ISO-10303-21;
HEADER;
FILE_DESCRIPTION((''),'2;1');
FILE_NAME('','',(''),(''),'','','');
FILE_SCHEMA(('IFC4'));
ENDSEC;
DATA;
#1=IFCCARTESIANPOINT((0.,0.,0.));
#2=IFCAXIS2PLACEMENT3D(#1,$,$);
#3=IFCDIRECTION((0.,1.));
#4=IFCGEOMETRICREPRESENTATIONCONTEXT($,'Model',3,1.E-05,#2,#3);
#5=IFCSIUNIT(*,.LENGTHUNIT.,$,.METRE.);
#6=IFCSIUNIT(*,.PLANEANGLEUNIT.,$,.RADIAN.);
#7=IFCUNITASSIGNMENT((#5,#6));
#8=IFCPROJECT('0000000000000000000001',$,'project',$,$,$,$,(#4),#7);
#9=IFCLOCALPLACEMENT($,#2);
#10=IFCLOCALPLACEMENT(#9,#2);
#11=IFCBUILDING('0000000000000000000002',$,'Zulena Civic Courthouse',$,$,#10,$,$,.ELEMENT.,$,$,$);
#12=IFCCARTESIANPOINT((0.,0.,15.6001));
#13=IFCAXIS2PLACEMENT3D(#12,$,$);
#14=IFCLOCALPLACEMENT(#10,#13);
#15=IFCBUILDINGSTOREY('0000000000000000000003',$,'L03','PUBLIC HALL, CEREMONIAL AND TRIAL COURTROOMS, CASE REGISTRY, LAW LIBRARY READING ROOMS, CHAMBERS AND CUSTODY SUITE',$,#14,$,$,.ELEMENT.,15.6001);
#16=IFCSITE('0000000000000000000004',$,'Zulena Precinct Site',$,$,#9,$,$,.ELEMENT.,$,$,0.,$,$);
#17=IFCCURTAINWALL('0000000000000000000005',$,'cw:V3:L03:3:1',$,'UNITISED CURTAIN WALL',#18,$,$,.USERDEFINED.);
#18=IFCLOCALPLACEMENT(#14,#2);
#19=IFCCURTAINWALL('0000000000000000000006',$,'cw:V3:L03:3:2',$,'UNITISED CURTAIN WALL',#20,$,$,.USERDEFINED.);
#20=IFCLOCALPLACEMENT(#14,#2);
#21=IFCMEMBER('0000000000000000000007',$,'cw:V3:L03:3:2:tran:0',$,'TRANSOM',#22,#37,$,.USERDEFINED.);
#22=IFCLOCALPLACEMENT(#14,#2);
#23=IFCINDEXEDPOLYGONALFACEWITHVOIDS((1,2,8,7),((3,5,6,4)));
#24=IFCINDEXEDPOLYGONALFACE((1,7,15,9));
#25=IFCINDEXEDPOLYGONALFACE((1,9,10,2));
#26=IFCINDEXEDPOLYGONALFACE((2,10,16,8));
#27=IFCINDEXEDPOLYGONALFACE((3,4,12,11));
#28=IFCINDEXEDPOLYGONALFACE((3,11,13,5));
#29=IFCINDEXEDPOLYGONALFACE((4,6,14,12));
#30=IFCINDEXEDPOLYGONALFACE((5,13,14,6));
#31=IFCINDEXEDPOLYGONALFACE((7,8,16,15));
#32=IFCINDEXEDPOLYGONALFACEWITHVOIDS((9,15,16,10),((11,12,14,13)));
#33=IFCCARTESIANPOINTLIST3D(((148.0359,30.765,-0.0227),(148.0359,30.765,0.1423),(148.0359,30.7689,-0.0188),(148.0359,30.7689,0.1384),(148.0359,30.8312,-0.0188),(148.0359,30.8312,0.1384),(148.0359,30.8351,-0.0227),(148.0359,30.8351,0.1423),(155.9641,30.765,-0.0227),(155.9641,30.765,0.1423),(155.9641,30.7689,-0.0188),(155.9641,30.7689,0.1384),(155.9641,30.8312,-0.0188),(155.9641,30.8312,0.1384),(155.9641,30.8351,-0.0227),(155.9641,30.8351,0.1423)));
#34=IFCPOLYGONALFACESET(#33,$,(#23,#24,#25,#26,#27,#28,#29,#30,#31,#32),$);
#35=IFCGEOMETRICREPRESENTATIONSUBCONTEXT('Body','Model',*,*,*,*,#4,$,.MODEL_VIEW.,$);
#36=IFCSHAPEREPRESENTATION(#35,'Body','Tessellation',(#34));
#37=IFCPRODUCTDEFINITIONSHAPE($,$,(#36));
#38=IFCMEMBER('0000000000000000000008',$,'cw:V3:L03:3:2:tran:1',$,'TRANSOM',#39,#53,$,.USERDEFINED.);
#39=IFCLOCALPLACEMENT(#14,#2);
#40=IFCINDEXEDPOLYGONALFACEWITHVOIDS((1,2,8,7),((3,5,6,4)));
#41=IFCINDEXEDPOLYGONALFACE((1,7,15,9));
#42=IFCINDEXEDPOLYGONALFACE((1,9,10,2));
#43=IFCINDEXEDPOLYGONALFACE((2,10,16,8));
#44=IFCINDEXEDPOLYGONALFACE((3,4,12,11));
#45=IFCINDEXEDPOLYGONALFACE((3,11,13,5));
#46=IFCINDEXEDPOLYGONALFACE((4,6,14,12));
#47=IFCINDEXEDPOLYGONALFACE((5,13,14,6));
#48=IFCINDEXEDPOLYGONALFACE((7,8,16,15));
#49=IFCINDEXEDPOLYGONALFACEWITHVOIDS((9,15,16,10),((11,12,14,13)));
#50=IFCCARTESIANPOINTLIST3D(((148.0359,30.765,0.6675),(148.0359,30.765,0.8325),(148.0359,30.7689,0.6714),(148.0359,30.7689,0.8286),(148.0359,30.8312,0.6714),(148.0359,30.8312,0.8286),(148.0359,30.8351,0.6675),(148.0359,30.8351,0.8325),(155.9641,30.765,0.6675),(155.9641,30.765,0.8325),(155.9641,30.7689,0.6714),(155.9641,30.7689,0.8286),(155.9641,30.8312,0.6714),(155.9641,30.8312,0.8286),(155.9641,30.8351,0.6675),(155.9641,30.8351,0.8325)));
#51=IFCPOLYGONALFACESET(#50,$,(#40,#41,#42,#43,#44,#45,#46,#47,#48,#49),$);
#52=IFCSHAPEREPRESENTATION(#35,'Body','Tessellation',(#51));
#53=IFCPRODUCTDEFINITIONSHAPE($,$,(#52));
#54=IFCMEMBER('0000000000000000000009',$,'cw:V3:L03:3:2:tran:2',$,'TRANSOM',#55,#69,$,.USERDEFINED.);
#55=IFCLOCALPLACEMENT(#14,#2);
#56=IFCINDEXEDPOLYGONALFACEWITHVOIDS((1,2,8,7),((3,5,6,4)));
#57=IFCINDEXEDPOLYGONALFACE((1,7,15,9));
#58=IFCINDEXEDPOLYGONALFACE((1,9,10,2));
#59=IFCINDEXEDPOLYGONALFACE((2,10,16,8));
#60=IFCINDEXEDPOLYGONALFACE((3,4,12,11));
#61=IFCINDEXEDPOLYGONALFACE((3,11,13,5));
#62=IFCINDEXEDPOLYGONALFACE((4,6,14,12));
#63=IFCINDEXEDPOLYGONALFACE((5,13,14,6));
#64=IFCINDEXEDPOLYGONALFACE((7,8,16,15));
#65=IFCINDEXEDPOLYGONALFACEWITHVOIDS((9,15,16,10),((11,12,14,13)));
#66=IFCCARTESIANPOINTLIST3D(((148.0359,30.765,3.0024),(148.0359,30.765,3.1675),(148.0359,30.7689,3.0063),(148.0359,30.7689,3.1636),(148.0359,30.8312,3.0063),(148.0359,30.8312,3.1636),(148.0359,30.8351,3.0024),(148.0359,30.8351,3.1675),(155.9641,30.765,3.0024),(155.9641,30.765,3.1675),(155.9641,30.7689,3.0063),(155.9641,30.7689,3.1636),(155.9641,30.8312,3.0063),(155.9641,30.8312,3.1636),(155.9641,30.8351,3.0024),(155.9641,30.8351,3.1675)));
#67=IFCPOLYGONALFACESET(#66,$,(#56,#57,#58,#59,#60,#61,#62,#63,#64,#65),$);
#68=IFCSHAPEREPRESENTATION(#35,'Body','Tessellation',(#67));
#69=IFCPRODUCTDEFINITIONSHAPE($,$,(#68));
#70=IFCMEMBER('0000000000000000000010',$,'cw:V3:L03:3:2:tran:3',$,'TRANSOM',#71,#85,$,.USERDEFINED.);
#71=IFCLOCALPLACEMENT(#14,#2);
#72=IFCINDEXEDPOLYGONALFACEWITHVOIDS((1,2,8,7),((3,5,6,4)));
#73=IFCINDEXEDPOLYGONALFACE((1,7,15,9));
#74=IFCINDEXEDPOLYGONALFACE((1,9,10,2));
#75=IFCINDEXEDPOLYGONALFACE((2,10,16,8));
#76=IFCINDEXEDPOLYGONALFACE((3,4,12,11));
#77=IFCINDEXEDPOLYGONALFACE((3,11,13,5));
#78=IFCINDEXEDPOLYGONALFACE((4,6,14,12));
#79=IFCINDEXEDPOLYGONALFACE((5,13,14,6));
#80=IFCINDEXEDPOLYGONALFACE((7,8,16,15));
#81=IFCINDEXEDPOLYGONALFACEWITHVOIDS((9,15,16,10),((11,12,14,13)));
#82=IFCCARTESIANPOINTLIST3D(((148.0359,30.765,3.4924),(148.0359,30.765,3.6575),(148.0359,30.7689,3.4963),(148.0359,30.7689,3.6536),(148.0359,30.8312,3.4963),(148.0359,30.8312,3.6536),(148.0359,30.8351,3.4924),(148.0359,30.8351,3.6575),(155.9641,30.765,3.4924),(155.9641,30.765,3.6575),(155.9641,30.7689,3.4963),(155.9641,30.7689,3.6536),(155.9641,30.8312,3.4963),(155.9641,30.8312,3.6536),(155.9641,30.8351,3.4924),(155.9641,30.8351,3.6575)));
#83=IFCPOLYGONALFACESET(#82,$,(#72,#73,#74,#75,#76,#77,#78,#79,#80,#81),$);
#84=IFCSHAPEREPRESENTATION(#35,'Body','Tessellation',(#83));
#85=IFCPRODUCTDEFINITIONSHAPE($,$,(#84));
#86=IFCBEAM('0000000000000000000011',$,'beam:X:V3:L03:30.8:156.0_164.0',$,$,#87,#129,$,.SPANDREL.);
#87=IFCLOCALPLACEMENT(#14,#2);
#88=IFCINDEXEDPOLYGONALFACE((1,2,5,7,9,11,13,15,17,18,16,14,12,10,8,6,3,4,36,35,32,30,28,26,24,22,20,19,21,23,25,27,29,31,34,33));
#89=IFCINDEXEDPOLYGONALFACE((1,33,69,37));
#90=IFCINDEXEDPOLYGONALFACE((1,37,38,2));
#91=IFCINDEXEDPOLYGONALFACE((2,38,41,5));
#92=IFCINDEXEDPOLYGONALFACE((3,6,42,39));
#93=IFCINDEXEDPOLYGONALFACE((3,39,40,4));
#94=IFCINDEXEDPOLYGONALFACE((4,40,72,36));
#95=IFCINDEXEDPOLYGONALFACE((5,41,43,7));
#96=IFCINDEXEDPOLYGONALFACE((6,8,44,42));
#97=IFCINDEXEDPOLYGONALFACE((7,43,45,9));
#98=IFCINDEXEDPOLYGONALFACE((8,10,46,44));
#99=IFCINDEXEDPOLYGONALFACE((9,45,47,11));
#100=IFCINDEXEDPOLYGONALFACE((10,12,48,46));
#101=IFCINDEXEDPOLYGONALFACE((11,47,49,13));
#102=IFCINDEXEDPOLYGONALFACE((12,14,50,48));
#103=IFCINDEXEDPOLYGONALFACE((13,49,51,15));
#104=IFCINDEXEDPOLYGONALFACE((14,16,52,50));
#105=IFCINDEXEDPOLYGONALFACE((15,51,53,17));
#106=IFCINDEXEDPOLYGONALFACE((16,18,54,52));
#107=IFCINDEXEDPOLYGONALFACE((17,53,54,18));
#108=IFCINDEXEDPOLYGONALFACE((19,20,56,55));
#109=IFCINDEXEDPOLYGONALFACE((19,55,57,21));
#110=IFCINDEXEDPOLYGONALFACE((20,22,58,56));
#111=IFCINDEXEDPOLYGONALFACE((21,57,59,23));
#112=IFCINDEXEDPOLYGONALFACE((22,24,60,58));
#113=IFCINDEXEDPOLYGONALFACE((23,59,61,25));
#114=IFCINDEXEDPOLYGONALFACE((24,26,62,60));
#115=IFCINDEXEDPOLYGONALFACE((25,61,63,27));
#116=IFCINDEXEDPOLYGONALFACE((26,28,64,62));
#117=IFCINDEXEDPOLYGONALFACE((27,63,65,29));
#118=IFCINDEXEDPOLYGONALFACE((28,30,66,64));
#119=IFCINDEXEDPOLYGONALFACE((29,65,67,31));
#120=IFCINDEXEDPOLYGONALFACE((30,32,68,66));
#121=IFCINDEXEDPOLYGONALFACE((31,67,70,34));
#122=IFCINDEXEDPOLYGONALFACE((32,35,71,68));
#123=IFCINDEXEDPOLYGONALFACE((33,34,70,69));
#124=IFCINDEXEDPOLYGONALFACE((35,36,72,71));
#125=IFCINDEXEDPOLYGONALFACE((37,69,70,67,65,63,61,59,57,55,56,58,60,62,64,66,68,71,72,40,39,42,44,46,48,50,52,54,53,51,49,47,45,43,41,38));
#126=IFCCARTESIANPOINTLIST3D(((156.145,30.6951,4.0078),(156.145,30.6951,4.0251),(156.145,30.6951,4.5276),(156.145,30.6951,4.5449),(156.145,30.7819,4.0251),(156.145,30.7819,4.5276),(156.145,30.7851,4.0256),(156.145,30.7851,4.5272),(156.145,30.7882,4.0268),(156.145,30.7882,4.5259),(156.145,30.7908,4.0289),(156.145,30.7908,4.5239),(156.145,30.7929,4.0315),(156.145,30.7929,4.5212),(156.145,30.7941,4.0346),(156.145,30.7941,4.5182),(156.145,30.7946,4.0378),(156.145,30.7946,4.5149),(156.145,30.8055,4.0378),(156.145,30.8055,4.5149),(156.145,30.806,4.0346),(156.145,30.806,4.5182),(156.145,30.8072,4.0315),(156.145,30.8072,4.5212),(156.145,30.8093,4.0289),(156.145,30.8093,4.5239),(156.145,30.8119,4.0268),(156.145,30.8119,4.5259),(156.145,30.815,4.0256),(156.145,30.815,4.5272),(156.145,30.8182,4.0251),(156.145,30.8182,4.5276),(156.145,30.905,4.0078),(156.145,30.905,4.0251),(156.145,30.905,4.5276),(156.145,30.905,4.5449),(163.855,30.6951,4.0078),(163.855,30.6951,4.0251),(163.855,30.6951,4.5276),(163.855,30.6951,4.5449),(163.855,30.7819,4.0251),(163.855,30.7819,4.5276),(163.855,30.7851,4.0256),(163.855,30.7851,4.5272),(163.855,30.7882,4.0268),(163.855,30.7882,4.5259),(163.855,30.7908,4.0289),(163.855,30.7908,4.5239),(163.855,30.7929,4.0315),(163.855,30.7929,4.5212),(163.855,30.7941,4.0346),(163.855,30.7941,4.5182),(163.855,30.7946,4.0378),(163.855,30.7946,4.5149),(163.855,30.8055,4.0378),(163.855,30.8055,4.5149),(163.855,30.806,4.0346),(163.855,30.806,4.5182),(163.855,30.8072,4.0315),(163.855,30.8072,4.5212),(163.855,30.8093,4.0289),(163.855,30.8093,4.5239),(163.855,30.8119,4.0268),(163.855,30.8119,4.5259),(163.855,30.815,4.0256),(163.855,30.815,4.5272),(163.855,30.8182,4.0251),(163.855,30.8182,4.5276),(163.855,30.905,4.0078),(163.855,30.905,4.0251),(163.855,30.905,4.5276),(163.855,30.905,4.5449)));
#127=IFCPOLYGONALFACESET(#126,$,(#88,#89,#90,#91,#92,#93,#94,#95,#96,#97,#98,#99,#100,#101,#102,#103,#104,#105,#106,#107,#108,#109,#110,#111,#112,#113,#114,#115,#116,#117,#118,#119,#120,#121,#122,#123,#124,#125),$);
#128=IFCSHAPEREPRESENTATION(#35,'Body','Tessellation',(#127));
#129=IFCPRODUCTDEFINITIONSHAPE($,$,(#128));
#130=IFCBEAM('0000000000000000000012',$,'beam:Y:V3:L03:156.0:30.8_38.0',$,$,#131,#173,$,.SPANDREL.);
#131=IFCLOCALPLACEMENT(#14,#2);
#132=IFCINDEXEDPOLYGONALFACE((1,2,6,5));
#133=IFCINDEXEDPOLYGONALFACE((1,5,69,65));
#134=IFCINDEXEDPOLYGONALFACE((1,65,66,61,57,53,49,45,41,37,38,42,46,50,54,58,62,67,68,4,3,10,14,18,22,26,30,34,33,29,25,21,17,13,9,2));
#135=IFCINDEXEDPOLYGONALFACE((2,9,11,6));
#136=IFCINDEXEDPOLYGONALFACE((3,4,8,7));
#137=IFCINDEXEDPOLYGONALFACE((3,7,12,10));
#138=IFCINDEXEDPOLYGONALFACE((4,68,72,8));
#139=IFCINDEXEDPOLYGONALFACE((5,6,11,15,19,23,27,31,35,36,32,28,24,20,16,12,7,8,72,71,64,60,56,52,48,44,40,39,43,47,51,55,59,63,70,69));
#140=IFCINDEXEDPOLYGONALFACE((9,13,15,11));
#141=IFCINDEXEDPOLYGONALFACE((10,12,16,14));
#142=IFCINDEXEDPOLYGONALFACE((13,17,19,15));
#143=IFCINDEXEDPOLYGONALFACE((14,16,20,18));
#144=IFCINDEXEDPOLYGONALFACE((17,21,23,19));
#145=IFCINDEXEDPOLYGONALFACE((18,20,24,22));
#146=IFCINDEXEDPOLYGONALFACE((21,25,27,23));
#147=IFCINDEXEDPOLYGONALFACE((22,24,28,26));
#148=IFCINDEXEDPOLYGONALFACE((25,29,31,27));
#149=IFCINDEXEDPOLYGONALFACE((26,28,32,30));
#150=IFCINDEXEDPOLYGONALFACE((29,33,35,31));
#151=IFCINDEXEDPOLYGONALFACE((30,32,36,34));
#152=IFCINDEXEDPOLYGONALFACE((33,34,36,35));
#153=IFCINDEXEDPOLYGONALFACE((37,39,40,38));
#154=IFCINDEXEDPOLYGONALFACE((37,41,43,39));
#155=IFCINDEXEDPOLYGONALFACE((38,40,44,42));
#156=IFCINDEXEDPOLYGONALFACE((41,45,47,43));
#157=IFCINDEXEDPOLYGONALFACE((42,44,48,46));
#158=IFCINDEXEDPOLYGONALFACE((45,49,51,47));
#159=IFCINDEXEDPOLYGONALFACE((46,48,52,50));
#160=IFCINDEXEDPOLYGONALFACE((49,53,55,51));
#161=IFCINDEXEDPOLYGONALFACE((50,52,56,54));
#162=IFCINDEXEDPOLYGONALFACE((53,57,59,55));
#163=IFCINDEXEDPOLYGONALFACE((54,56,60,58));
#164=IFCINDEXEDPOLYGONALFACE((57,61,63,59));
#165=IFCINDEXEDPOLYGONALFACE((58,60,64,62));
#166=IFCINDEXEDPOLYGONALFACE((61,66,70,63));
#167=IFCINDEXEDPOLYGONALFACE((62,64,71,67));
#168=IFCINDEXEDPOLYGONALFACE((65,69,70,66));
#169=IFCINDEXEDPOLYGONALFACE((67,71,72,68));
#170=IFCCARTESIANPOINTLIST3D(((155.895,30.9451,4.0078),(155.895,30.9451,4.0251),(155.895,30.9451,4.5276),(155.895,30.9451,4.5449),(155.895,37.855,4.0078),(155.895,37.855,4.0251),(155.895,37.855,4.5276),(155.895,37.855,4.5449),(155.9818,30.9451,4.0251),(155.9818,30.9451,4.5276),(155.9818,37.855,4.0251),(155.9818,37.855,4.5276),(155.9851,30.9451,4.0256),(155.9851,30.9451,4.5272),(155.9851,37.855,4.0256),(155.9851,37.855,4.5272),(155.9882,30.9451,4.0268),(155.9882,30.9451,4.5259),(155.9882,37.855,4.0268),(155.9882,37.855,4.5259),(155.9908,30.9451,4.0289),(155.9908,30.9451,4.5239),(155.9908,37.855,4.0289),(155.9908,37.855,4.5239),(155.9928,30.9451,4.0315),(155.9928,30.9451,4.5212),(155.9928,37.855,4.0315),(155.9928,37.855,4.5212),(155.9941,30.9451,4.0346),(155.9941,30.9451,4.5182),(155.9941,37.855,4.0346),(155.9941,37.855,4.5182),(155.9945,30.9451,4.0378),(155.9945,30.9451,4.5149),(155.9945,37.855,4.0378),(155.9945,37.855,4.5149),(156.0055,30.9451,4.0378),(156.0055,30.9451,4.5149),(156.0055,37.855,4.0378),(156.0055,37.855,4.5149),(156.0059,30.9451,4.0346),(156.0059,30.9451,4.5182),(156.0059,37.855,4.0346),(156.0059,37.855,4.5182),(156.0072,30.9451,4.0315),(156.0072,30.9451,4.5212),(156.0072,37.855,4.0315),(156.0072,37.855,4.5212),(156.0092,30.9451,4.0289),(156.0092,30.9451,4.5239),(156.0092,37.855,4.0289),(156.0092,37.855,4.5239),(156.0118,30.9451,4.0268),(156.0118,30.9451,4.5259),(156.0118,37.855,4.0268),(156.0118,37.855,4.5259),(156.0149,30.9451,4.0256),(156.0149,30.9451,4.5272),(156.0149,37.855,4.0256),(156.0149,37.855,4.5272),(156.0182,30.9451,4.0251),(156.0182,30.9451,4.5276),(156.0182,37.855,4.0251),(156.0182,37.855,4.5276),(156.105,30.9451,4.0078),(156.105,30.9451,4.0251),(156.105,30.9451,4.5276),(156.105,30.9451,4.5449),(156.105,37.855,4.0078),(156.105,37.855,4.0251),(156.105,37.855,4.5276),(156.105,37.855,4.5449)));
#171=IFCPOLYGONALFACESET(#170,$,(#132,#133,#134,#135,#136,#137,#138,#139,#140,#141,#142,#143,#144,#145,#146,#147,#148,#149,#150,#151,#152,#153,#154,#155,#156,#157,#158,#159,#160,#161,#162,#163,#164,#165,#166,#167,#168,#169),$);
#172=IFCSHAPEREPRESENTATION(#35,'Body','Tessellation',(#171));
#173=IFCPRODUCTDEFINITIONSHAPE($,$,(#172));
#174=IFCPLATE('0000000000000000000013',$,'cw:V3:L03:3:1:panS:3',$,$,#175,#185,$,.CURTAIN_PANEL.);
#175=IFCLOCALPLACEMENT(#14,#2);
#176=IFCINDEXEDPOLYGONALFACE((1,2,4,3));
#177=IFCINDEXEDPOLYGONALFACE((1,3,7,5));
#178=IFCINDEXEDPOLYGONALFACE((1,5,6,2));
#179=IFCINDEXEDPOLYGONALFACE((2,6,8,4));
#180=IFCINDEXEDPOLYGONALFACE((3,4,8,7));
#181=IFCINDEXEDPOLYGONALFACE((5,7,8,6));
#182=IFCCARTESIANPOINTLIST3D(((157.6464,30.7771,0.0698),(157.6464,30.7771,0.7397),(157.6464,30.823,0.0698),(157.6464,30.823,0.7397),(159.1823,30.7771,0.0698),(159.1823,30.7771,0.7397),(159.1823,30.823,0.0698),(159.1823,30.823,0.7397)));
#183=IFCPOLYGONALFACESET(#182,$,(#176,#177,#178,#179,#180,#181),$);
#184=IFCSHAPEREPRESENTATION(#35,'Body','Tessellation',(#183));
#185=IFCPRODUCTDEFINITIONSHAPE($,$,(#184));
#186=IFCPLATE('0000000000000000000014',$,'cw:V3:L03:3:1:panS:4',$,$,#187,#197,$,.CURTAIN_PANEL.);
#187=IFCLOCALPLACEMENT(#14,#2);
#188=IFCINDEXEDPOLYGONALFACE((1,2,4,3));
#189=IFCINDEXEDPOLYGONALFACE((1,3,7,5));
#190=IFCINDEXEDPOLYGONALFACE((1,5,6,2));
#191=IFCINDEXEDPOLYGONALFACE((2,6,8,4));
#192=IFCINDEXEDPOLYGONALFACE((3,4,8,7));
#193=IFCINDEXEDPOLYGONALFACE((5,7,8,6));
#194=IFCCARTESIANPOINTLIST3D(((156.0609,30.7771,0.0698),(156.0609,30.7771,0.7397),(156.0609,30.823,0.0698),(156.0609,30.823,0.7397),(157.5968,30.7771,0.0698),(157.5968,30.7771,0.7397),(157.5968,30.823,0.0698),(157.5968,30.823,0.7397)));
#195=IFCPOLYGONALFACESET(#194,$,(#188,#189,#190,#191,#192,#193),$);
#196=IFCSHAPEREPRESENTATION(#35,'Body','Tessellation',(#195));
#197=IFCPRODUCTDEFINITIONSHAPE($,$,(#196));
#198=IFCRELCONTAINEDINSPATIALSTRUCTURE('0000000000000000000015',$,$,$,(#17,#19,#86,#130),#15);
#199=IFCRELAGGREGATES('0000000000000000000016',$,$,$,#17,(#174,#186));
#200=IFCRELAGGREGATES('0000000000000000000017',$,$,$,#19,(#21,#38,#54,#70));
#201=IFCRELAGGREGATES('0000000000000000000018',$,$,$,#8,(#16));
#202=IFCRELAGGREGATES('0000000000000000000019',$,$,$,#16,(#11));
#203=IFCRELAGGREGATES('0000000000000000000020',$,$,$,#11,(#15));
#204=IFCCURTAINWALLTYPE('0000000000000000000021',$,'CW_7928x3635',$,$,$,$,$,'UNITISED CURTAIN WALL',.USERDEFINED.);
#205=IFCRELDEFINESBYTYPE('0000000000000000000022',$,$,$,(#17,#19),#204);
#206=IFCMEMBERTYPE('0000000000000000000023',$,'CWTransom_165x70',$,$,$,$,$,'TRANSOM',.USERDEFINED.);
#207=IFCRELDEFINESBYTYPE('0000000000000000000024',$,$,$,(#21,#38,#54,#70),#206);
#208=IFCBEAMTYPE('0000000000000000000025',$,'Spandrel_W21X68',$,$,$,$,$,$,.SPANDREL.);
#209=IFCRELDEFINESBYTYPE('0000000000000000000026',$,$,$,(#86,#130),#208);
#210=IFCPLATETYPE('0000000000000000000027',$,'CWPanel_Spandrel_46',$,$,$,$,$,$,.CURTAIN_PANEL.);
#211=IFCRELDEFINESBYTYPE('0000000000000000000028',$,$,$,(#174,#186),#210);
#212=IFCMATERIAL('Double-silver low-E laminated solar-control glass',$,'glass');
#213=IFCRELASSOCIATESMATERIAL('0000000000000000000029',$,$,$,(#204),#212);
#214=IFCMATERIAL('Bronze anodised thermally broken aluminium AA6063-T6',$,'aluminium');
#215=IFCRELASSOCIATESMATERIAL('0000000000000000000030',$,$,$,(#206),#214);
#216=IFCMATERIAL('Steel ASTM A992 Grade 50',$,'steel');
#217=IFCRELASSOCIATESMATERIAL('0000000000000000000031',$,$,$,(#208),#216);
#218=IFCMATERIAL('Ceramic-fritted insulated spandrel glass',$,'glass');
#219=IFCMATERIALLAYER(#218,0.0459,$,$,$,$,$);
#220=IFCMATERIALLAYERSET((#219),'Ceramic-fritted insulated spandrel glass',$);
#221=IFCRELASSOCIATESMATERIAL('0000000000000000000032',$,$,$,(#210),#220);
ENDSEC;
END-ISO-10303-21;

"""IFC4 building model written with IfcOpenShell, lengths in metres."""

from ifc_helpers import new_model, si_unit, direction, frame, origin, origin_2d, place, context, subcontext, project, spatial, rectangle, hollow_rectangle, i_section, extrude, material, layer, layer_set, material_profile, profile_set, type_object, element, aggregate, save


model = new_model("IFC4")

# Units and contexts
model_context = context("Model", 3, precision=1e-05, world=origin(), true_north=direction((0.0, 1.0)))
body_context = subcontext(model_context, "Body", "Model", "MODEL_VIEW")
ifc_project = project(units=[si_unit("LENGTHUNIT", "METRE"), si_unit("PLANEANGLEUNIT", "RADIAN")], contexts=[model_context])

# Site, building, storey
site_placement = place(None, origin())
site = spatial("IfcSite", under=ifc_project, at=site_placement, Name="Zulena Precinct Site", CompositionType="ELEMENT", RefElevation=0.0)
building_placement = place(site_placement, origin())
building = spatial("IfcBuilding", under=site, at=building_placement, Name="Zulena Civic Courthouse", CompositionType="ELEMENT")
storey_placement = place(building_placement, frame((0.0, 0.0, 15.6001)))
storey = spatial("IfcBuildingStorey", under=building, at=storey_placement, Name="L03", Description="PUBLIC HALL, CEREMONIAL AND TRIAL COURTROOMS, CASE REGISTRY, LAW LIBRARY READING ROOMS, CHAMBERS AND CUSTODY SUITE", CompositionType="ELEMENT", Elevation=15.6001)

# Shared definitions
ifc_material_1 = material(Name="Steel ASTM A992 Grade 50", Category="steel")

# Curtain walls, members
ifc_material_2 = material(Name="Double-silver low-E laminated solar-control glass", Category="glass")
curtain_wall_type = type_object("IfcCurtainWallType", Name="CW_7928x3635", ElementType="UNITISED CURTAIN WALL", PredefinedType="USERDEFINED", material=ifc_material_2)
curtain_wall_1_placement = place(storey_placement, origin())
curtain_wall_1 = element("IfcCurtainWall", 1, at=curtain_wall_1_placement, inside=storey, type_object=curtain_wall_type, Name="cw:V3:L03:3:1", ObjectType="UNITISED CURTAIN WALL", PredefinedType="USERDEFINED")
ifc_material_3 = material(Name="Bronze anodised thermally broken aluminium AA6063-T6", Category="aluminium")
curtain_wall_2_placement = place(storey_placement, origin())
curtain_wall_2 = element("IfcCurtainWall", 2, at=curtain_wall_2_placement, inside=storey, type_object=curtain_wall_type, Name="cw:V3:L03:3:2", ObjectType="UNITISED CURTAIN WALL", PredefinedType="USERDEFINED")
ifc_material_profile_1 = material_profile(ifc_material_3, hollow_rectangle(XDim=0.0701, YDim=0.165, WallThickness=0.0039, at=origin_2d()), Name="CWT165X70X4")
ifc_profile_set_1 = profile_set([ifc_material_profile_1], Name="Bronze anodised thermally broken aluminium AA6063-T6")
member_type_1 = type_object("IfcMemberType", Name="CWTransom_165x70", ElementType="TRANSOM", PredefinedType="USERDEFINED", material=ifc_profile_set_1)
member_1_placement = place(storey_placement, frame((155.9641, 30.8, 0.0598), z_axis=(-1.0, 0.0, 0.0), x_axis=(0.0, -1.0, 0.0)))
member_1 = element("IfcMember", 3, at=member_1_placement, type_object=member_type_1, Name="cw:V3:L03:3:2:tran:0", ObjectType="TRANSOM", PredefinedType="USERDEFINED", context=body_context, shape_type="SweptSolid", body=[
    extrude(hollow_rectangle(XDim=0.0701, YDim=0.165, WallThickness=0.0039, at=origin_2d()), origin(), (0.0, 0.0, 1.0), 7.9282),
])
member_2_placement = place(storey_placement, frame((155.9641, 30.8, 0.75), z_axis=(-1.0, 0.0, 0.0), x_axis=(0.0, -1.0, 0.0)))
member_2 = element("IfcMember", 4, at=member_2_placement, type_object=member_type_1, Name="cw:V3:L03:3:2:tran:1", ObjectType="TRANSOM", PredefinedType="USERDEFINED", context=body_context, shape_type="SweptSolid", body=[
    extrude(hollow_rectangle(XDim=0.0701, YDim=0.165, WallThickness=0.0039, at=origin_2d()), origin(), (0.0, 0.0, 1.0), 7.9282),
])
member_3_placement = place(storey_placement, frame((155.9641, 30.8, 3.085), z_axis=(-1.0, 0.0, 0.0), x_axis=(0.0, -1.0, 0.0)))
member_3 = element("IfcMember", 5, at=member_3_placement, type_object=member_type_1, Name="cw:V3:L03:3:2:tran:2", ObjectType="TRANSOM", PredefinedType="USERDEFINED", context=body_context, shape_type="SweptSolid", body=[
    extrude(hollow_rectangle(XDim=0.0701, YDim=0.165, WallThickness=0.0039, at=origin_2d()), origin(), (0.0, 0.0, 1.0), 7.9282),
])
member_4_placement = place(storey_placement, frame((155.9641, 30.8, 3.575), z_axis=(-1.0, 0.0, 0.0), x_axis=(0.0, -1.0, 0.0)))
member_4 = element("IfcMember", 6, at=member_4_placement, type_object=member_type_1, Name="cw:V3:L03:3:2:tran:3", ObjectType="TRANSOM", PredefinedType="USERDEFINED", context=body_context, shape_type="SweptSolid", body=[
    extrude(hollow_rectangle(XDim=0.0701, YDim=0.165, WallThickness=0.0039, at=origin_2d()), origin(), (0.0, 0.0, 1.0), 7.9282),
])

# Beams
ifc_material_profile_2 = material_profile(ifc_material_1, i_section(OverallWidth=0.21, OverallDepth=0.5371, WebThickness=0.011, FlangeThickness=0.0173, FilletRadius=0.0127, at=origin_2d()), Name="W21X68")
ifc_profile_set_2 = profile_set([ifc_material_profile_2], Name="Steel ASTM A992 Grade 50")
beam_type = type_object("IfcBeamType", Name="Spandrel_W21X68", PredefinedType="SPANDREL", material=ifc_profile_set_2)
beam_1_placement = place(storey_placement, frame((156.145, 30.8, 4.2764), z_axis=(1.0, 0.0, 0.0), x_axis=(0.0, 1.0, 0.0)))
element("IfcBeam", 7, at=beam_1_placement, inside=storey, type_object=beam_type, Name="beam:X:V3:L03:30.8:156.0_164.0", PredefinedType="SPANDREL", context=body_context, shape_type="SweptSolid", body=[
    extrude(i_section(OverallWidth=0.21, OverallDepth=0.5371, WebThickness=0.011, FlangeThickness=0.0173, FilletRadius=0.0127, at=origin_2d()), origin(), (0.0, 0.0, 1.0), 7.71),
])
beam_2_placement = place(storey_placement, frame((156.0, 30.9451, 4.2764), z_axis=(0.0, 1.0, 0.0), x_axis=(-1.0, 0.0, 0.0)))
element("IfcBeam", 8, at=beam_2_placement, inside=storey, type_object=beam_type, Name="beam:Y:V3:L03:156.0:30.8_38.0", PredefinedType="SPANDREL", context=body_context, shape_type="SweptSolid", body=[
    extrude(i_section(OverallWidth=0.21, OverallDepth=0.5371, WebThickness=0.011, FlangeThickness=0.0173, FilletRadius=0.0127, at=origin_2d()), origin(), (0.0, 0.0, 1.0), 6.9099),
])

# Plates
ifc_material_4 = material(Name="Ceramic-fritted insulated spandrel glass", Category="glass")
ifc_layer_1 = layer(ifc_material_4, 0.0459)
ifc_layer_set_1 = layer_set([ifc_layer_1], Name="Ceramic-fritted insulated spandrel glass")
plate_type_1 = type_object("IfcPlateType", Name="CWPanel_Spandrel_46", PredefinedType="CURTAIN_PANEL", material=ifc_layer_set_1)
plate_1_placement = place(storey_placement, frame((158.4143, 30.8, 0.0698), z_axis=(0.0, 0.0, 1.0), x_axis=(-1.0, 0.0, 0.0)))
plate_1 = element("IfcPlate", 9, at=plate_1_placement, type_object=plate_type_1, Name="cw:V3:L03:3:1:panS:3", PredefinedType="CURTAIN_PANEL", context=body_context, shape_type="SweptSolid", body=[
    extrude(rectangle(XDim=1.5359, YDim=0.0459, at=origin_2d()), origin(), (0.0, 0.0, 1.0), 0.6699),
])
plate_2_placement = place(storey_placement, frame((156.8289, 30.8, 0.0698), z_axis=(0.0, 0.0, 1.0), x_axis=(-1.0, 0.0, 0.0)))
plate_2 = element("IfcPlate", 10, at=plate_2_placement, type_object=plate_type_1, Name="cw:V3:L03:3:1:panS:4", PredefinedType="CURTAIN_PANEL", context=body_context, shape_type="SweptSolid", body=[
    extrude(rectangle(XDim=1.5359, YDim=0.0459, at=origin_2d()), origin(), (0.0, 0.0, 1.0), 0.6699),
])
aggregate(curtain_wall_1, [plate_1, plate_2])
aggregate(curtain_wall_2, [member_1, member_2, member_3, member_4])

save(model, "model.ifc")
